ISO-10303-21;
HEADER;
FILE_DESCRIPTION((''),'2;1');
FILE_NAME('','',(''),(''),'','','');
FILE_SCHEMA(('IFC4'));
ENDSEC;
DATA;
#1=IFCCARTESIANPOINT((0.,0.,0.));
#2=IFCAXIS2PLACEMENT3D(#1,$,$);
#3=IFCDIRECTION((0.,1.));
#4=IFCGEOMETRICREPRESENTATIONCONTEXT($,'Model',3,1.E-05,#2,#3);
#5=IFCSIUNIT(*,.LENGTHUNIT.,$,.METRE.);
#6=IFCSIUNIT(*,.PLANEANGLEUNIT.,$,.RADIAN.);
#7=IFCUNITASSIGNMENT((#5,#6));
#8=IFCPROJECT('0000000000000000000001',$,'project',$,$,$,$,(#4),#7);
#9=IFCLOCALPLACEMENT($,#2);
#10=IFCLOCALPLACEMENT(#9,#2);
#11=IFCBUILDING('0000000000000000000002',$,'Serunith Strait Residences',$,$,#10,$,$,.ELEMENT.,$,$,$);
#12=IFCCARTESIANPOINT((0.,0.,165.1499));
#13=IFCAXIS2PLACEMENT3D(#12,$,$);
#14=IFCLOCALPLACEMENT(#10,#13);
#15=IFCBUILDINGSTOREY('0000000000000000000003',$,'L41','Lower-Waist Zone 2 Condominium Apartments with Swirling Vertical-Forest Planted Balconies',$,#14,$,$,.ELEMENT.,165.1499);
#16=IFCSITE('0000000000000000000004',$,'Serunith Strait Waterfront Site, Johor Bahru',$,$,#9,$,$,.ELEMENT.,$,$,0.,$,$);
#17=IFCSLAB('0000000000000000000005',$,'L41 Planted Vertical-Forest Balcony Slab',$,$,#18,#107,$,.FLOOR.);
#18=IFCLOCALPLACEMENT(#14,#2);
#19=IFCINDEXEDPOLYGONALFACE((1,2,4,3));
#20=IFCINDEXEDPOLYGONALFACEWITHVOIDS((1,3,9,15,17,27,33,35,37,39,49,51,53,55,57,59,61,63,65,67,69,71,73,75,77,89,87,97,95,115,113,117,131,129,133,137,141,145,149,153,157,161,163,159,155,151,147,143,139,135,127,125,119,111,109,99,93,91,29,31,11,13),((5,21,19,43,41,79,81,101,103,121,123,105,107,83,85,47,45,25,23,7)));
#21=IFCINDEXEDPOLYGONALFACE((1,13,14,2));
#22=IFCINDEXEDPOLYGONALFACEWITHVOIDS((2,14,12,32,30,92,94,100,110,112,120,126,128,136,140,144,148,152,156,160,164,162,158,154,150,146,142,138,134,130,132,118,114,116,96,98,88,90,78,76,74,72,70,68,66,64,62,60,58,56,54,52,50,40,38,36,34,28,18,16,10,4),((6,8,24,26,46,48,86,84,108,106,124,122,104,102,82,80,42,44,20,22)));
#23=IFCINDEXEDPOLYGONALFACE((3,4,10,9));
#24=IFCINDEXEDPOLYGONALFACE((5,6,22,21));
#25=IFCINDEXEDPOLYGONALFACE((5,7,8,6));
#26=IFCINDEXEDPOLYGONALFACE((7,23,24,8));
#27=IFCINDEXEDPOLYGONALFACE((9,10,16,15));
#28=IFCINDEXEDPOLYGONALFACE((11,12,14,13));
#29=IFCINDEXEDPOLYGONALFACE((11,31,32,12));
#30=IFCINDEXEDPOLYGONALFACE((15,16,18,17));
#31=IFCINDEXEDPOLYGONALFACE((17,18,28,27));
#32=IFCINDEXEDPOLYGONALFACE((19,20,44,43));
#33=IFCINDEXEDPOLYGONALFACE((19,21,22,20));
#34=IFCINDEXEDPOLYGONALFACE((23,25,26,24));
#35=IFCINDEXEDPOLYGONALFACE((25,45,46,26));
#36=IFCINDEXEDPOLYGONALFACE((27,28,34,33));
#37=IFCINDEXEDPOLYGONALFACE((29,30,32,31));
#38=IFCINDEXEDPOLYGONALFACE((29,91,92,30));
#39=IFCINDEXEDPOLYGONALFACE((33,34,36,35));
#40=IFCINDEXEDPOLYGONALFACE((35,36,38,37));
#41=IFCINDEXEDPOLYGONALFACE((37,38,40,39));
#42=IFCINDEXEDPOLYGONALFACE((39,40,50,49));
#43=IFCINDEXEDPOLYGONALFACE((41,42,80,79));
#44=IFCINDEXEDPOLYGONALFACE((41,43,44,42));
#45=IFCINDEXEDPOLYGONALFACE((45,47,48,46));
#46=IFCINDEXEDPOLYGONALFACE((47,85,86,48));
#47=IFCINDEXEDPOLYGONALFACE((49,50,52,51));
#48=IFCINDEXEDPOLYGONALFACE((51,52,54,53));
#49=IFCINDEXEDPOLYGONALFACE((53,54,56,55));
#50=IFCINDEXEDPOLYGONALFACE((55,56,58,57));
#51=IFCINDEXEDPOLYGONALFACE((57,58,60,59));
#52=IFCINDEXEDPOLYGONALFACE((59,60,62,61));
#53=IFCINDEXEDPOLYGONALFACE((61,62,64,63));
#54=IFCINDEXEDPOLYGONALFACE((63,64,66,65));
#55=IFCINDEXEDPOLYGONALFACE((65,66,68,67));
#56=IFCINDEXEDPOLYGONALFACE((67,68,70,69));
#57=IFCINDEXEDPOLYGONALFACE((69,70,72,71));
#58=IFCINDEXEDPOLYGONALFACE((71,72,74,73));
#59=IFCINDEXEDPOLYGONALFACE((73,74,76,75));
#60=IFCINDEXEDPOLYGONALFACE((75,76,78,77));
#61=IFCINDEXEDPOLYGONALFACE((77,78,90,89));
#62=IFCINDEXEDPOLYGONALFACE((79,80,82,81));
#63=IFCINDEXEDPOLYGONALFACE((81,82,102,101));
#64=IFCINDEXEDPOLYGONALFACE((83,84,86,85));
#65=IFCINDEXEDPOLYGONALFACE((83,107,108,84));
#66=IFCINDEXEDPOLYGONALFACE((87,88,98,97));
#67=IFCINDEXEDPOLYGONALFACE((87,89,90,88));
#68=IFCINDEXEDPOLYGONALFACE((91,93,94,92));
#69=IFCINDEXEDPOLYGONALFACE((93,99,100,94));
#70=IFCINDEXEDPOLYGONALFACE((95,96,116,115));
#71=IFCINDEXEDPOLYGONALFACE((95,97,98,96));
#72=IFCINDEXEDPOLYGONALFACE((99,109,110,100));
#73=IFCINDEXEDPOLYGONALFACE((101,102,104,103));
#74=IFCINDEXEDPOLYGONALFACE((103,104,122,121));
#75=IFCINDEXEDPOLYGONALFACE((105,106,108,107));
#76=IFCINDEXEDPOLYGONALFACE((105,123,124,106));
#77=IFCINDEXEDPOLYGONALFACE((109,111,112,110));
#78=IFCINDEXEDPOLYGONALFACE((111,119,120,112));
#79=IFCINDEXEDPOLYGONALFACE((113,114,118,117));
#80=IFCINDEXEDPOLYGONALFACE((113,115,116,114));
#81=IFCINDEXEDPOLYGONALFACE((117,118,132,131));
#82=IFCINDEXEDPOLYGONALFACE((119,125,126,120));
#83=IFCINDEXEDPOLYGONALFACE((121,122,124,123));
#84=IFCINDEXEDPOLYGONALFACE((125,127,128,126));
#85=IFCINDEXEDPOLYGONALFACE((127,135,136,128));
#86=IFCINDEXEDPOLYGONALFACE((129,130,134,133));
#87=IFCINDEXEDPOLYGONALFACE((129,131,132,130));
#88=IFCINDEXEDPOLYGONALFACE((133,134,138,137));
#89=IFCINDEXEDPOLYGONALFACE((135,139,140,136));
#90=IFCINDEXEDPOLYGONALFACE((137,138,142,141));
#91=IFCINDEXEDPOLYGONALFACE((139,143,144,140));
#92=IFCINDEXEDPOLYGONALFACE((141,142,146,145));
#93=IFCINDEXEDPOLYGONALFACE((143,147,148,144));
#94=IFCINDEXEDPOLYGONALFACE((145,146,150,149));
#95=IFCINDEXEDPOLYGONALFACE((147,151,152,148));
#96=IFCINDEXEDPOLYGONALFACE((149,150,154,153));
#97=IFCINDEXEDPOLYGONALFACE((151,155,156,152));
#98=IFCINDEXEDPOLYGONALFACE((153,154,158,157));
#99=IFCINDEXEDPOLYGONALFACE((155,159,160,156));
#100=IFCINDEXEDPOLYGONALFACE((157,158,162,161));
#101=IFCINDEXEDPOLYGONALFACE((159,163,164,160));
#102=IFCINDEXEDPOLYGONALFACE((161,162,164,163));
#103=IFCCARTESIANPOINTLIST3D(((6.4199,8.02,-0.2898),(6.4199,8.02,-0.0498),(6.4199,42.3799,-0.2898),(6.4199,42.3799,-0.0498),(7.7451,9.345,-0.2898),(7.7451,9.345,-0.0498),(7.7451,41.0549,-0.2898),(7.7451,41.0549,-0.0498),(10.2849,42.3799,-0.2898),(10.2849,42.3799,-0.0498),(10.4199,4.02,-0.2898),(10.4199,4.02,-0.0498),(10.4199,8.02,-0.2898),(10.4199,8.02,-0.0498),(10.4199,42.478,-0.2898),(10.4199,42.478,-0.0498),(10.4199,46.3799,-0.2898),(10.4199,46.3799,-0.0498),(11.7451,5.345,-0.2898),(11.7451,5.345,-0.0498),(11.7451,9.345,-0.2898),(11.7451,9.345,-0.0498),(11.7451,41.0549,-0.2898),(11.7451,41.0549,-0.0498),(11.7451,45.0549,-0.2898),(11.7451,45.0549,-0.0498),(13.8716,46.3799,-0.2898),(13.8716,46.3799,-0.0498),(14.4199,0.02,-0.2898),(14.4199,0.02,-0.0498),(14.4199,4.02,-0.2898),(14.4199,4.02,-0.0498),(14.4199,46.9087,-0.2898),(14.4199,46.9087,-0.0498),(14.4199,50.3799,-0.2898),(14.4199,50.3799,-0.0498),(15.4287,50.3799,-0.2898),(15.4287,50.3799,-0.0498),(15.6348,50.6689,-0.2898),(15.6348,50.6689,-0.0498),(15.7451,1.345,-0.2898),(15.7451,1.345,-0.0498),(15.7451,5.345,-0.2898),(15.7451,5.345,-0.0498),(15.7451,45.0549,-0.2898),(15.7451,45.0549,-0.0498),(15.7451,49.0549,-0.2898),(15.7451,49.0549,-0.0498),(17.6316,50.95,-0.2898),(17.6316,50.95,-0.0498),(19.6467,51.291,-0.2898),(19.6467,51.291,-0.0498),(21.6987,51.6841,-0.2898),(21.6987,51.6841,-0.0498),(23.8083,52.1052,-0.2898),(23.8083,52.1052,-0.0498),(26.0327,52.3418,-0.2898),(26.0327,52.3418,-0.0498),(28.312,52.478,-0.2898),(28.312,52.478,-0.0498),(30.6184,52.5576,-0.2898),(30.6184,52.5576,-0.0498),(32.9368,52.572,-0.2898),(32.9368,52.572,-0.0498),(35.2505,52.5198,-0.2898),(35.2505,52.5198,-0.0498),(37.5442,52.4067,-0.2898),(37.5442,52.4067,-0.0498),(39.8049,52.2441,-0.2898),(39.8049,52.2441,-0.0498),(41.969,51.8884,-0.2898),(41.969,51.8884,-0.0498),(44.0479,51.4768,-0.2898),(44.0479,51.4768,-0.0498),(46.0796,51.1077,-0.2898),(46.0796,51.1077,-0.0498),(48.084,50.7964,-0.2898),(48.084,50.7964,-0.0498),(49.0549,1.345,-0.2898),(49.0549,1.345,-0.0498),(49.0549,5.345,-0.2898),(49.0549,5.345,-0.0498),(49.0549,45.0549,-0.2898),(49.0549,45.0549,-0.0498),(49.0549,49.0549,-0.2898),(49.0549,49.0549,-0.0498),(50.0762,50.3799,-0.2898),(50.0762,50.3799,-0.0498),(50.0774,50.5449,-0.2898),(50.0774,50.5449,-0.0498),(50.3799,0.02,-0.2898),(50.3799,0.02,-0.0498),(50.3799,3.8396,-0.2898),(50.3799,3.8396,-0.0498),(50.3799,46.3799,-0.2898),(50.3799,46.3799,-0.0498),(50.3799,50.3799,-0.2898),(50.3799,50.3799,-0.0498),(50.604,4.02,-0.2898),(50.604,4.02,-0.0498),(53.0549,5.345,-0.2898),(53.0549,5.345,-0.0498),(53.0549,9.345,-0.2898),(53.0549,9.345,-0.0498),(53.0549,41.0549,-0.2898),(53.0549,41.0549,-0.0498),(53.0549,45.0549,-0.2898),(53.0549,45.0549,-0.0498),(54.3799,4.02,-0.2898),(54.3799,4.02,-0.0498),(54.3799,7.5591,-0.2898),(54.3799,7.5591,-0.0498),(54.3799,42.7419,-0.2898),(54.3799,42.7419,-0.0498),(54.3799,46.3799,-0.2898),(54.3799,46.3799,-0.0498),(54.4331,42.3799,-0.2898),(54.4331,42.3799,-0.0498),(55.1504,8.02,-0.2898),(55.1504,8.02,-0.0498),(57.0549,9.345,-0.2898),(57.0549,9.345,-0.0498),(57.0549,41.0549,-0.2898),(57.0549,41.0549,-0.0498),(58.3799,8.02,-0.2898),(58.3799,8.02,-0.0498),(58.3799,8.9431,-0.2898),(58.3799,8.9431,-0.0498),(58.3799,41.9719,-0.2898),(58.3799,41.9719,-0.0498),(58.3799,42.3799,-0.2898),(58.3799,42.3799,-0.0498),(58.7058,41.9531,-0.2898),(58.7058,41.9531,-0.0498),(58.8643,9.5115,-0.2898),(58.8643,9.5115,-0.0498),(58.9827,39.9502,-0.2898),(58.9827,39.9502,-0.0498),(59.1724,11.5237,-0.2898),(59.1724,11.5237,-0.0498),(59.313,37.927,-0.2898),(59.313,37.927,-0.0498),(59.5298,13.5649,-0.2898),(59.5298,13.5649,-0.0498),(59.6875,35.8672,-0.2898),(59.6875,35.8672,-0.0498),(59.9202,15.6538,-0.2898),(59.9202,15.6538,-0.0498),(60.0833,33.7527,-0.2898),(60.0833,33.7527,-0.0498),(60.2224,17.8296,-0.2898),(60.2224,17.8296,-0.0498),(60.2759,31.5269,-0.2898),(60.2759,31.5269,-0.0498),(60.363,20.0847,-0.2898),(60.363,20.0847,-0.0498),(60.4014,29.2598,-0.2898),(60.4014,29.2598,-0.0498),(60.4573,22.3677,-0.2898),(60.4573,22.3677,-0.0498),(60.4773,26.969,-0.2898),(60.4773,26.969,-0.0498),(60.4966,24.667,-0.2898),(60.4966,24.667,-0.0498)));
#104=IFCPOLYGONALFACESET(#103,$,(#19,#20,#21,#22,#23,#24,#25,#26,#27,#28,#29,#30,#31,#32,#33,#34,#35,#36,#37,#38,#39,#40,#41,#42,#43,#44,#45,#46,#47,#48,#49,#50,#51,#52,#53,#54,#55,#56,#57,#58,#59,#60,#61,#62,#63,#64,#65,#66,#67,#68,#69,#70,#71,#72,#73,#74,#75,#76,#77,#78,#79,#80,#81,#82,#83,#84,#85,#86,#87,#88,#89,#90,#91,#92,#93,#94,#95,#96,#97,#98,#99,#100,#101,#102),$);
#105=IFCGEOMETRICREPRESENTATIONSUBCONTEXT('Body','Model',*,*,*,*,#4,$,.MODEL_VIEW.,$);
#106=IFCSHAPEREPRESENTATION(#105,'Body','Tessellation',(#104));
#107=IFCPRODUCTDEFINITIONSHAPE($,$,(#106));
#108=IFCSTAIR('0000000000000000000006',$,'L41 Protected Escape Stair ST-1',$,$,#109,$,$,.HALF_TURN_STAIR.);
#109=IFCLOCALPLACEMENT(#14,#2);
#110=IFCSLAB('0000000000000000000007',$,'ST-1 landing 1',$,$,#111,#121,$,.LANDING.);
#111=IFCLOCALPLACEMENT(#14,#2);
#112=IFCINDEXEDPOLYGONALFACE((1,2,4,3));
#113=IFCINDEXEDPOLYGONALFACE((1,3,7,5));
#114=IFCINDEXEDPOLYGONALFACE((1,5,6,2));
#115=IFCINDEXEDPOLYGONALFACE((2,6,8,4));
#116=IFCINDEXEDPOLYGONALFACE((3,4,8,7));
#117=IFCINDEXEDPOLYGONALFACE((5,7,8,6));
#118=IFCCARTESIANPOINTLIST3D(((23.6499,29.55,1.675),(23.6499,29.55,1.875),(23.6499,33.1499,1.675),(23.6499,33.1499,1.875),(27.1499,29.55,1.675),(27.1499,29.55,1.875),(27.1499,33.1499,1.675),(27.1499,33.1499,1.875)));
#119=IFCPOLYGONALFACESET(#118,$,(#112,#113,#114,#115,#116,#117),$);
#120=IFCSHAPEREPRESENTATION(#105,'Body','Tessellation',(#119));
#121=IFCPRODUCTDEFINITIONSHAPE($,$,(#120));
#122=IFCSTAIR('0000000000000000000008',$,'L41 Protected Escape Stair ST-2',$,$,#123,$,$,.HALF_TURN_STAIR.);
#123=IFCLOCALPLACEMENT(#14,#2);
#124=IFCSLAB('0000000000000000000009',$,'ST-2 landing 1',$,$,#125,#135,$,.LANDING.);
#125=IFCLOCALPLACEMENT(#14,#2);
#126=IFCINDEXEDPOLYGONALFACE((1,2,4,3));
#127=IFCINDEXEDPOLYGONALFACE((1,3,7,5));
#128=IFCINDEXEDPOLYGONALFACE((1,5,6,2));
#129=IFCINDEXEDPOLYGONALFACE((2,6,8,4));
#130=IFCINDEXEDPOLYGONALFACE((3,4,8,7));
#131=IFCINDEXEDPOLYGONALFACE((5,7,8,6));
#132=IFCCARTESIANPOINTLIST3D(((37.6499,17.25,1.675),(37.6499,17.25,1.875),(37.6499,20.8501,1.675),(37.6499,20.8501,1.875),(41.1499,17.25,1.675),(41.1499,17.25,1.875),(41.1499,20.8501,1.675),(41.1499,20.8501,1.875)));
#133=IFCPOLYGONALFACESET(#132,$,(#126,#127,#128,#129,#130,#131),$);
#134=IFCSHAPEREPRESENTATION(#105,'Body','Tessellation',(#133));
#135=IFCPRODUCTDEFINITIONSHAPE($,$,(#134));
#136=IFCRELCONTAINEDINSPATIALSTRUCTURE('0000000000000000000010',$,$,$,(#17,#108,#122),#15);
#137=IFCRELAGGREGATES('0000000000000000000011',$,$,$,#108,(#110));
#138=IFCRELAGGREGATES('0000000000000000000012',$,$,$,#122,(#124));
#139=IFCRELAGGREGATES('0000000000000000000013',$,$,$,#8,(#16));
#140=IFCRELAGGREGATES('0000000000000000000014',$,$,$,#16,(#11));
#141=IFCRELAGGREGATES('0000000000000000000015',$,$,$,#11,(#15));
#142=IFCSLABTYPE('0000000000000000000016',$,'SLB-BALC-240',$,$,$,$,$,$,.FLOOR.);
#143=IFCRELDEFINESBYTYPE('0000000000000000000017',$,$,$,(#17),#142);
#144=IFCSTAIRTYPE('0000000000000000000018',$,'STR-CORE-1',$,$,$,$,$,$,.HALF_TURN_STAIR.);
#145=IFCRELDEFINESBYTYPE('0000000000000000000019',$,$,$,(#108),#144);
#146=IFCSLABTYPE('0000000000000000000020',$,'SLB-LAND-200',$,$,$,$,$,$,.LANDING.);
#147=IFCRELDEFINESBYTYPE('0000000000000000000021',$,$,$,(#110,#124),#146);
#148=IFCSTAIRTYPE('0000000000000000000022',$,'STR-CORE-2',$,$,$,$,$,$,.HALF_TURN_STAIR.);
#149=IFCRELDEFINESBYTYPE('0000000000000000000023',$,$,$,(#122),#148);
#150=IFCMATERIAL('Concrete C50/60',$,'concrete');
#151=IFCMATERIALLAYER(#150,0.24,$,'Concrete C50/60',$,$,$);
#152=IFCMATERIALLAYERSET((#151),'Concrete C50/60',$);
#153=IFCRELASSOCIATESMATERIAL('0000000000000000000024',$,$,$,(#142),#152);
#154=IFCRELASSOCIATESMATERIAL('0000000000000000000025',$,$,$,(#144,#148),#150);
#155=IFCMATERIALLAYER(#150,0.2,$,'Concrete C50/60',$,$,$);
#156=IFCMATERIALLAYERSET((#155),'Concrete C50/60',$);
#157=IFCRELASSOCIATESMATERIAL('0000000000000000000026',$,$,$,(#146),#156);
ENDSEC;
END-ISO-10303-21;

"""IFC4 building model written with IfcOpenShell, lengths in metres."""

from ifc_helpers import new_model, si_unit, direction, frame, origin, place, context, subcontext, project, spatial, polyline, outline, extrude, material, layer, layer_set, type_object, element, aggregate, save


model = new_model("IFC4")

# Units and contexts
model_context = context("Model", 3, precision=1e-05, world=origin(), true_north=direction((0.0, 1.0)))
body_context = subcontext(model_context, "Body", "Model", "MODEL_VIEW")
ifc_project = project(units=[si_unit("LENGTHUNIT", "METRE"), si_unit("PLANEANGLEUNIT", "RADIAN")], contexts=[model_context])

# Site, building, storey
site_placement = place(None, origin())
site = spatial("IfcSite", under=ifc_project, at=site_placement, Name="Serunith Strait Waterfront Site, Johor Bahru", CompositionType="ELEMENT", RefElevation=0.0)
building_placement = place(site_placement, origin())
building = spatial("IfcBuilding", under=site, at=building_placement, Name="Serunith Strait Residences", CompositionType="ELEMENT")
storey_placement = place(building_placement, frame((0.0, 0.0, 165.1499)))
storey = spatial("IfcBuildingStorey", under=building, at=storey_placement, Name="L41", Description="Lower-Waist Zone 2 Condominium Apartments with Swirling Vertical-Forest Planted Balconies", CompositionType="ELEMENT", Elevation=165.1499)

# Slab
ifc_material_1 = material(Name="Concrete C50/60", Category="concrete")
ifc_layer_1 = layer(ifc_material_1, 0.24, Name="Concrete C50/60")
ifc_layer_set_1 = layer_set([ifc_layer_1], Name="Concrete C50/60")
slab_type_1 = type_object("IfcSlabType", Name="SLB-BALC-240", PredefinedType="FLOOR", material=ifc_layer_set_1)
slab_1_placement = place(storey_placement, frame((0.0, 0.0, -0.2898)))
element("IfcSlab", 1, at=slab_1_placement, inside=storey, type_object=slab_type_1, Name="L41 Planted Vertical-Forest Balcony Slab", PredefinedType="FLOOR", context=body_context, shape_type="SweptSolid", body=[
    extrude(outline(polyline([(10.4199, 46.3799), (13.8716, 46.3799), (14.4199, 46.9087), (14.4199, 50.3799), (15.4287, 50.3799), (15.6348, 50.6689), (17.6316, 50.95), (19.6467, 51.291), (21.6987, 51.6841), (23.8083, 52.1052), (26.0327, 52.3418), (28.312, 52.478), (30.6184, 52.5576), (32.9368, 52.572), (35.2505, 52.5198), (37.5442, 52.4067), (39.8049, 52.2441), (41.969, 51.8884), (44.0479, 51.4768), (46.0796, 51.1077), (48.084, 50.7964), (50.0774, 50.5449), (50.0762, 50.3799), (50.3799, 50.3799), (50.3799, 46.3799), (54.3799, 46.3799), (54.3799, 42.7419), (54.4331, 42.3799), (58.3799, 42.3799), (58.3799, 41.9719), (58.7058, 41.9531), (58.9827, 39.9502), (59.313, 37.927), (59.6875, 35.8672), (60.0833, 33.7527), (60.2759, 31.5269), (60.4014, 29.2598), (60.4773, 26.969), (60.4966, 24.667), (60.4573, 22.3677), (60.363, 20.0847), (60.2224, 17.8296), (59.9202, 15.6538), (59.5298, 13.5649), (59.1724, 11.5237), (58.8643, 9.5115), (58.3799, 8.9431), (58.3799, 8.02), (55.1504, 8.02), (54.3799, 7.5591), (54.3799, 4.02), (50.604, 4.02), (50.3799, 3.8396), (50.3799, 0.02), (14.4199, 0.02), (14.4199, 4.02), (10.4199, 4.02), (10.4199, 8.02), (6.4199, 8.02), (6.4199, 42.3799), (10.2849, 42.3799), (10.4199, 42.478), (10.4199, 46.3799)]), holes=[polyline([(49.0549, 1.345), (49.0549, 5.345), (53.0549, 5.345), (53.0549, 9.345), (57.0549, 9.345), (57.0549, 41.0549), (53.0549, 41.0549), (53.0549, 45.0549), (49.0549, 45.0549), (49.0549, 49.0549), (15.7451, 49.0549), (15.7451, 45.0549), (11.7451, 45.0549), (11.7451, 41.0549), (7.7451, 41.0549), (7.7451, 9.345), (11.7451, 9.345), (11.7451, 5.345), (15.7451, 5.345), (15.7451, 1.345), (49.0549, 1.345)])]), origin(), (0.0, 0.0, 1.0), 0.24),
])

# Stairs, slabs
stair_type_1 = type_object("IfcStairType", Name="STR-CORE-1", PredefinedType="HALF_TURN_STAIR", material=ifc_material_1)
stair_1_placement = place(storey_placement, origin())
stair_1 = element("IfcStair", 2, at=stair_1_placement, inside=storey, type_object=stair_type_1, Name="L41 Protected Escape Stair ST-1", PredefinedType="HALF_TURN_STAIR")
ifc_layer_2 = layer(ifc_material_1, 0.2, Name="Concrete C50/60")
ifc_layer_set_2 = layer_set([ifc_layer_2], Name="Concrete C50/60")
slab_type_2 = type_object("IfcSlabType", Name="SLB-LAND-200", PredefinedType="LANDING", material=ifc_layer_set_2)
slab_2_placement = place(storey_placement, frame((0.0, 0.0, 1.675)))
slab_2 = element("IfcSlab", 3, at=slab_2_placement, type_object=slab_type_2, Name="ST-1 landing 1", PredefinedType="LANDING", context=body_context, shape_type="SweptSolid", body=[
    extrude(outline(polyline([(27.1499, 29.55), (27.1499, 33.1499), (23.6499, 33.1499), (23.6499, 29.55), (27.1499, 29.55)])), origin(), (0.0, 0.0, 1.0), 0.2),
])
aggregate(stair_1, [slab_2])
stair_type_2 = type_object("IfcStairType", Name="STR-CORE-2", PredefinedType="HALF_TURN_STAIR", material=ifc_material_1)
stair_2_placement = place(storey_placement, origin())
stair_2 = element("IfcStair", 4, at=stair_2_placement, inside=storey, type_object=stair_type_2, Name="L41 Protected Escape Stair ST-2", PredefinedType="HALF_TURN_STAIR")
slab_3_placement = place(storey_placement, frame((0.0, 0.0, 1.675)))
slab_3 = element("IfcSlab", 5, at=slab_3_placement, type_object=slab_type_2, Name="ST-2 landing 1", PredefinedType="LANDING", context=body_context, shape_type="SweptSolid", body=[
    extrude(outline(polyline([(37.6499, 20.8501), (37.6499, 17.25), (41.1499, 17.25), (41.1499, 20.8501), (37.6499, 20.8501)])), origin(), (0.0, 0.0, 1.0), 0.2),
])
aggregate(stair_2, [slab_3])

save(model, "model.ifc")
